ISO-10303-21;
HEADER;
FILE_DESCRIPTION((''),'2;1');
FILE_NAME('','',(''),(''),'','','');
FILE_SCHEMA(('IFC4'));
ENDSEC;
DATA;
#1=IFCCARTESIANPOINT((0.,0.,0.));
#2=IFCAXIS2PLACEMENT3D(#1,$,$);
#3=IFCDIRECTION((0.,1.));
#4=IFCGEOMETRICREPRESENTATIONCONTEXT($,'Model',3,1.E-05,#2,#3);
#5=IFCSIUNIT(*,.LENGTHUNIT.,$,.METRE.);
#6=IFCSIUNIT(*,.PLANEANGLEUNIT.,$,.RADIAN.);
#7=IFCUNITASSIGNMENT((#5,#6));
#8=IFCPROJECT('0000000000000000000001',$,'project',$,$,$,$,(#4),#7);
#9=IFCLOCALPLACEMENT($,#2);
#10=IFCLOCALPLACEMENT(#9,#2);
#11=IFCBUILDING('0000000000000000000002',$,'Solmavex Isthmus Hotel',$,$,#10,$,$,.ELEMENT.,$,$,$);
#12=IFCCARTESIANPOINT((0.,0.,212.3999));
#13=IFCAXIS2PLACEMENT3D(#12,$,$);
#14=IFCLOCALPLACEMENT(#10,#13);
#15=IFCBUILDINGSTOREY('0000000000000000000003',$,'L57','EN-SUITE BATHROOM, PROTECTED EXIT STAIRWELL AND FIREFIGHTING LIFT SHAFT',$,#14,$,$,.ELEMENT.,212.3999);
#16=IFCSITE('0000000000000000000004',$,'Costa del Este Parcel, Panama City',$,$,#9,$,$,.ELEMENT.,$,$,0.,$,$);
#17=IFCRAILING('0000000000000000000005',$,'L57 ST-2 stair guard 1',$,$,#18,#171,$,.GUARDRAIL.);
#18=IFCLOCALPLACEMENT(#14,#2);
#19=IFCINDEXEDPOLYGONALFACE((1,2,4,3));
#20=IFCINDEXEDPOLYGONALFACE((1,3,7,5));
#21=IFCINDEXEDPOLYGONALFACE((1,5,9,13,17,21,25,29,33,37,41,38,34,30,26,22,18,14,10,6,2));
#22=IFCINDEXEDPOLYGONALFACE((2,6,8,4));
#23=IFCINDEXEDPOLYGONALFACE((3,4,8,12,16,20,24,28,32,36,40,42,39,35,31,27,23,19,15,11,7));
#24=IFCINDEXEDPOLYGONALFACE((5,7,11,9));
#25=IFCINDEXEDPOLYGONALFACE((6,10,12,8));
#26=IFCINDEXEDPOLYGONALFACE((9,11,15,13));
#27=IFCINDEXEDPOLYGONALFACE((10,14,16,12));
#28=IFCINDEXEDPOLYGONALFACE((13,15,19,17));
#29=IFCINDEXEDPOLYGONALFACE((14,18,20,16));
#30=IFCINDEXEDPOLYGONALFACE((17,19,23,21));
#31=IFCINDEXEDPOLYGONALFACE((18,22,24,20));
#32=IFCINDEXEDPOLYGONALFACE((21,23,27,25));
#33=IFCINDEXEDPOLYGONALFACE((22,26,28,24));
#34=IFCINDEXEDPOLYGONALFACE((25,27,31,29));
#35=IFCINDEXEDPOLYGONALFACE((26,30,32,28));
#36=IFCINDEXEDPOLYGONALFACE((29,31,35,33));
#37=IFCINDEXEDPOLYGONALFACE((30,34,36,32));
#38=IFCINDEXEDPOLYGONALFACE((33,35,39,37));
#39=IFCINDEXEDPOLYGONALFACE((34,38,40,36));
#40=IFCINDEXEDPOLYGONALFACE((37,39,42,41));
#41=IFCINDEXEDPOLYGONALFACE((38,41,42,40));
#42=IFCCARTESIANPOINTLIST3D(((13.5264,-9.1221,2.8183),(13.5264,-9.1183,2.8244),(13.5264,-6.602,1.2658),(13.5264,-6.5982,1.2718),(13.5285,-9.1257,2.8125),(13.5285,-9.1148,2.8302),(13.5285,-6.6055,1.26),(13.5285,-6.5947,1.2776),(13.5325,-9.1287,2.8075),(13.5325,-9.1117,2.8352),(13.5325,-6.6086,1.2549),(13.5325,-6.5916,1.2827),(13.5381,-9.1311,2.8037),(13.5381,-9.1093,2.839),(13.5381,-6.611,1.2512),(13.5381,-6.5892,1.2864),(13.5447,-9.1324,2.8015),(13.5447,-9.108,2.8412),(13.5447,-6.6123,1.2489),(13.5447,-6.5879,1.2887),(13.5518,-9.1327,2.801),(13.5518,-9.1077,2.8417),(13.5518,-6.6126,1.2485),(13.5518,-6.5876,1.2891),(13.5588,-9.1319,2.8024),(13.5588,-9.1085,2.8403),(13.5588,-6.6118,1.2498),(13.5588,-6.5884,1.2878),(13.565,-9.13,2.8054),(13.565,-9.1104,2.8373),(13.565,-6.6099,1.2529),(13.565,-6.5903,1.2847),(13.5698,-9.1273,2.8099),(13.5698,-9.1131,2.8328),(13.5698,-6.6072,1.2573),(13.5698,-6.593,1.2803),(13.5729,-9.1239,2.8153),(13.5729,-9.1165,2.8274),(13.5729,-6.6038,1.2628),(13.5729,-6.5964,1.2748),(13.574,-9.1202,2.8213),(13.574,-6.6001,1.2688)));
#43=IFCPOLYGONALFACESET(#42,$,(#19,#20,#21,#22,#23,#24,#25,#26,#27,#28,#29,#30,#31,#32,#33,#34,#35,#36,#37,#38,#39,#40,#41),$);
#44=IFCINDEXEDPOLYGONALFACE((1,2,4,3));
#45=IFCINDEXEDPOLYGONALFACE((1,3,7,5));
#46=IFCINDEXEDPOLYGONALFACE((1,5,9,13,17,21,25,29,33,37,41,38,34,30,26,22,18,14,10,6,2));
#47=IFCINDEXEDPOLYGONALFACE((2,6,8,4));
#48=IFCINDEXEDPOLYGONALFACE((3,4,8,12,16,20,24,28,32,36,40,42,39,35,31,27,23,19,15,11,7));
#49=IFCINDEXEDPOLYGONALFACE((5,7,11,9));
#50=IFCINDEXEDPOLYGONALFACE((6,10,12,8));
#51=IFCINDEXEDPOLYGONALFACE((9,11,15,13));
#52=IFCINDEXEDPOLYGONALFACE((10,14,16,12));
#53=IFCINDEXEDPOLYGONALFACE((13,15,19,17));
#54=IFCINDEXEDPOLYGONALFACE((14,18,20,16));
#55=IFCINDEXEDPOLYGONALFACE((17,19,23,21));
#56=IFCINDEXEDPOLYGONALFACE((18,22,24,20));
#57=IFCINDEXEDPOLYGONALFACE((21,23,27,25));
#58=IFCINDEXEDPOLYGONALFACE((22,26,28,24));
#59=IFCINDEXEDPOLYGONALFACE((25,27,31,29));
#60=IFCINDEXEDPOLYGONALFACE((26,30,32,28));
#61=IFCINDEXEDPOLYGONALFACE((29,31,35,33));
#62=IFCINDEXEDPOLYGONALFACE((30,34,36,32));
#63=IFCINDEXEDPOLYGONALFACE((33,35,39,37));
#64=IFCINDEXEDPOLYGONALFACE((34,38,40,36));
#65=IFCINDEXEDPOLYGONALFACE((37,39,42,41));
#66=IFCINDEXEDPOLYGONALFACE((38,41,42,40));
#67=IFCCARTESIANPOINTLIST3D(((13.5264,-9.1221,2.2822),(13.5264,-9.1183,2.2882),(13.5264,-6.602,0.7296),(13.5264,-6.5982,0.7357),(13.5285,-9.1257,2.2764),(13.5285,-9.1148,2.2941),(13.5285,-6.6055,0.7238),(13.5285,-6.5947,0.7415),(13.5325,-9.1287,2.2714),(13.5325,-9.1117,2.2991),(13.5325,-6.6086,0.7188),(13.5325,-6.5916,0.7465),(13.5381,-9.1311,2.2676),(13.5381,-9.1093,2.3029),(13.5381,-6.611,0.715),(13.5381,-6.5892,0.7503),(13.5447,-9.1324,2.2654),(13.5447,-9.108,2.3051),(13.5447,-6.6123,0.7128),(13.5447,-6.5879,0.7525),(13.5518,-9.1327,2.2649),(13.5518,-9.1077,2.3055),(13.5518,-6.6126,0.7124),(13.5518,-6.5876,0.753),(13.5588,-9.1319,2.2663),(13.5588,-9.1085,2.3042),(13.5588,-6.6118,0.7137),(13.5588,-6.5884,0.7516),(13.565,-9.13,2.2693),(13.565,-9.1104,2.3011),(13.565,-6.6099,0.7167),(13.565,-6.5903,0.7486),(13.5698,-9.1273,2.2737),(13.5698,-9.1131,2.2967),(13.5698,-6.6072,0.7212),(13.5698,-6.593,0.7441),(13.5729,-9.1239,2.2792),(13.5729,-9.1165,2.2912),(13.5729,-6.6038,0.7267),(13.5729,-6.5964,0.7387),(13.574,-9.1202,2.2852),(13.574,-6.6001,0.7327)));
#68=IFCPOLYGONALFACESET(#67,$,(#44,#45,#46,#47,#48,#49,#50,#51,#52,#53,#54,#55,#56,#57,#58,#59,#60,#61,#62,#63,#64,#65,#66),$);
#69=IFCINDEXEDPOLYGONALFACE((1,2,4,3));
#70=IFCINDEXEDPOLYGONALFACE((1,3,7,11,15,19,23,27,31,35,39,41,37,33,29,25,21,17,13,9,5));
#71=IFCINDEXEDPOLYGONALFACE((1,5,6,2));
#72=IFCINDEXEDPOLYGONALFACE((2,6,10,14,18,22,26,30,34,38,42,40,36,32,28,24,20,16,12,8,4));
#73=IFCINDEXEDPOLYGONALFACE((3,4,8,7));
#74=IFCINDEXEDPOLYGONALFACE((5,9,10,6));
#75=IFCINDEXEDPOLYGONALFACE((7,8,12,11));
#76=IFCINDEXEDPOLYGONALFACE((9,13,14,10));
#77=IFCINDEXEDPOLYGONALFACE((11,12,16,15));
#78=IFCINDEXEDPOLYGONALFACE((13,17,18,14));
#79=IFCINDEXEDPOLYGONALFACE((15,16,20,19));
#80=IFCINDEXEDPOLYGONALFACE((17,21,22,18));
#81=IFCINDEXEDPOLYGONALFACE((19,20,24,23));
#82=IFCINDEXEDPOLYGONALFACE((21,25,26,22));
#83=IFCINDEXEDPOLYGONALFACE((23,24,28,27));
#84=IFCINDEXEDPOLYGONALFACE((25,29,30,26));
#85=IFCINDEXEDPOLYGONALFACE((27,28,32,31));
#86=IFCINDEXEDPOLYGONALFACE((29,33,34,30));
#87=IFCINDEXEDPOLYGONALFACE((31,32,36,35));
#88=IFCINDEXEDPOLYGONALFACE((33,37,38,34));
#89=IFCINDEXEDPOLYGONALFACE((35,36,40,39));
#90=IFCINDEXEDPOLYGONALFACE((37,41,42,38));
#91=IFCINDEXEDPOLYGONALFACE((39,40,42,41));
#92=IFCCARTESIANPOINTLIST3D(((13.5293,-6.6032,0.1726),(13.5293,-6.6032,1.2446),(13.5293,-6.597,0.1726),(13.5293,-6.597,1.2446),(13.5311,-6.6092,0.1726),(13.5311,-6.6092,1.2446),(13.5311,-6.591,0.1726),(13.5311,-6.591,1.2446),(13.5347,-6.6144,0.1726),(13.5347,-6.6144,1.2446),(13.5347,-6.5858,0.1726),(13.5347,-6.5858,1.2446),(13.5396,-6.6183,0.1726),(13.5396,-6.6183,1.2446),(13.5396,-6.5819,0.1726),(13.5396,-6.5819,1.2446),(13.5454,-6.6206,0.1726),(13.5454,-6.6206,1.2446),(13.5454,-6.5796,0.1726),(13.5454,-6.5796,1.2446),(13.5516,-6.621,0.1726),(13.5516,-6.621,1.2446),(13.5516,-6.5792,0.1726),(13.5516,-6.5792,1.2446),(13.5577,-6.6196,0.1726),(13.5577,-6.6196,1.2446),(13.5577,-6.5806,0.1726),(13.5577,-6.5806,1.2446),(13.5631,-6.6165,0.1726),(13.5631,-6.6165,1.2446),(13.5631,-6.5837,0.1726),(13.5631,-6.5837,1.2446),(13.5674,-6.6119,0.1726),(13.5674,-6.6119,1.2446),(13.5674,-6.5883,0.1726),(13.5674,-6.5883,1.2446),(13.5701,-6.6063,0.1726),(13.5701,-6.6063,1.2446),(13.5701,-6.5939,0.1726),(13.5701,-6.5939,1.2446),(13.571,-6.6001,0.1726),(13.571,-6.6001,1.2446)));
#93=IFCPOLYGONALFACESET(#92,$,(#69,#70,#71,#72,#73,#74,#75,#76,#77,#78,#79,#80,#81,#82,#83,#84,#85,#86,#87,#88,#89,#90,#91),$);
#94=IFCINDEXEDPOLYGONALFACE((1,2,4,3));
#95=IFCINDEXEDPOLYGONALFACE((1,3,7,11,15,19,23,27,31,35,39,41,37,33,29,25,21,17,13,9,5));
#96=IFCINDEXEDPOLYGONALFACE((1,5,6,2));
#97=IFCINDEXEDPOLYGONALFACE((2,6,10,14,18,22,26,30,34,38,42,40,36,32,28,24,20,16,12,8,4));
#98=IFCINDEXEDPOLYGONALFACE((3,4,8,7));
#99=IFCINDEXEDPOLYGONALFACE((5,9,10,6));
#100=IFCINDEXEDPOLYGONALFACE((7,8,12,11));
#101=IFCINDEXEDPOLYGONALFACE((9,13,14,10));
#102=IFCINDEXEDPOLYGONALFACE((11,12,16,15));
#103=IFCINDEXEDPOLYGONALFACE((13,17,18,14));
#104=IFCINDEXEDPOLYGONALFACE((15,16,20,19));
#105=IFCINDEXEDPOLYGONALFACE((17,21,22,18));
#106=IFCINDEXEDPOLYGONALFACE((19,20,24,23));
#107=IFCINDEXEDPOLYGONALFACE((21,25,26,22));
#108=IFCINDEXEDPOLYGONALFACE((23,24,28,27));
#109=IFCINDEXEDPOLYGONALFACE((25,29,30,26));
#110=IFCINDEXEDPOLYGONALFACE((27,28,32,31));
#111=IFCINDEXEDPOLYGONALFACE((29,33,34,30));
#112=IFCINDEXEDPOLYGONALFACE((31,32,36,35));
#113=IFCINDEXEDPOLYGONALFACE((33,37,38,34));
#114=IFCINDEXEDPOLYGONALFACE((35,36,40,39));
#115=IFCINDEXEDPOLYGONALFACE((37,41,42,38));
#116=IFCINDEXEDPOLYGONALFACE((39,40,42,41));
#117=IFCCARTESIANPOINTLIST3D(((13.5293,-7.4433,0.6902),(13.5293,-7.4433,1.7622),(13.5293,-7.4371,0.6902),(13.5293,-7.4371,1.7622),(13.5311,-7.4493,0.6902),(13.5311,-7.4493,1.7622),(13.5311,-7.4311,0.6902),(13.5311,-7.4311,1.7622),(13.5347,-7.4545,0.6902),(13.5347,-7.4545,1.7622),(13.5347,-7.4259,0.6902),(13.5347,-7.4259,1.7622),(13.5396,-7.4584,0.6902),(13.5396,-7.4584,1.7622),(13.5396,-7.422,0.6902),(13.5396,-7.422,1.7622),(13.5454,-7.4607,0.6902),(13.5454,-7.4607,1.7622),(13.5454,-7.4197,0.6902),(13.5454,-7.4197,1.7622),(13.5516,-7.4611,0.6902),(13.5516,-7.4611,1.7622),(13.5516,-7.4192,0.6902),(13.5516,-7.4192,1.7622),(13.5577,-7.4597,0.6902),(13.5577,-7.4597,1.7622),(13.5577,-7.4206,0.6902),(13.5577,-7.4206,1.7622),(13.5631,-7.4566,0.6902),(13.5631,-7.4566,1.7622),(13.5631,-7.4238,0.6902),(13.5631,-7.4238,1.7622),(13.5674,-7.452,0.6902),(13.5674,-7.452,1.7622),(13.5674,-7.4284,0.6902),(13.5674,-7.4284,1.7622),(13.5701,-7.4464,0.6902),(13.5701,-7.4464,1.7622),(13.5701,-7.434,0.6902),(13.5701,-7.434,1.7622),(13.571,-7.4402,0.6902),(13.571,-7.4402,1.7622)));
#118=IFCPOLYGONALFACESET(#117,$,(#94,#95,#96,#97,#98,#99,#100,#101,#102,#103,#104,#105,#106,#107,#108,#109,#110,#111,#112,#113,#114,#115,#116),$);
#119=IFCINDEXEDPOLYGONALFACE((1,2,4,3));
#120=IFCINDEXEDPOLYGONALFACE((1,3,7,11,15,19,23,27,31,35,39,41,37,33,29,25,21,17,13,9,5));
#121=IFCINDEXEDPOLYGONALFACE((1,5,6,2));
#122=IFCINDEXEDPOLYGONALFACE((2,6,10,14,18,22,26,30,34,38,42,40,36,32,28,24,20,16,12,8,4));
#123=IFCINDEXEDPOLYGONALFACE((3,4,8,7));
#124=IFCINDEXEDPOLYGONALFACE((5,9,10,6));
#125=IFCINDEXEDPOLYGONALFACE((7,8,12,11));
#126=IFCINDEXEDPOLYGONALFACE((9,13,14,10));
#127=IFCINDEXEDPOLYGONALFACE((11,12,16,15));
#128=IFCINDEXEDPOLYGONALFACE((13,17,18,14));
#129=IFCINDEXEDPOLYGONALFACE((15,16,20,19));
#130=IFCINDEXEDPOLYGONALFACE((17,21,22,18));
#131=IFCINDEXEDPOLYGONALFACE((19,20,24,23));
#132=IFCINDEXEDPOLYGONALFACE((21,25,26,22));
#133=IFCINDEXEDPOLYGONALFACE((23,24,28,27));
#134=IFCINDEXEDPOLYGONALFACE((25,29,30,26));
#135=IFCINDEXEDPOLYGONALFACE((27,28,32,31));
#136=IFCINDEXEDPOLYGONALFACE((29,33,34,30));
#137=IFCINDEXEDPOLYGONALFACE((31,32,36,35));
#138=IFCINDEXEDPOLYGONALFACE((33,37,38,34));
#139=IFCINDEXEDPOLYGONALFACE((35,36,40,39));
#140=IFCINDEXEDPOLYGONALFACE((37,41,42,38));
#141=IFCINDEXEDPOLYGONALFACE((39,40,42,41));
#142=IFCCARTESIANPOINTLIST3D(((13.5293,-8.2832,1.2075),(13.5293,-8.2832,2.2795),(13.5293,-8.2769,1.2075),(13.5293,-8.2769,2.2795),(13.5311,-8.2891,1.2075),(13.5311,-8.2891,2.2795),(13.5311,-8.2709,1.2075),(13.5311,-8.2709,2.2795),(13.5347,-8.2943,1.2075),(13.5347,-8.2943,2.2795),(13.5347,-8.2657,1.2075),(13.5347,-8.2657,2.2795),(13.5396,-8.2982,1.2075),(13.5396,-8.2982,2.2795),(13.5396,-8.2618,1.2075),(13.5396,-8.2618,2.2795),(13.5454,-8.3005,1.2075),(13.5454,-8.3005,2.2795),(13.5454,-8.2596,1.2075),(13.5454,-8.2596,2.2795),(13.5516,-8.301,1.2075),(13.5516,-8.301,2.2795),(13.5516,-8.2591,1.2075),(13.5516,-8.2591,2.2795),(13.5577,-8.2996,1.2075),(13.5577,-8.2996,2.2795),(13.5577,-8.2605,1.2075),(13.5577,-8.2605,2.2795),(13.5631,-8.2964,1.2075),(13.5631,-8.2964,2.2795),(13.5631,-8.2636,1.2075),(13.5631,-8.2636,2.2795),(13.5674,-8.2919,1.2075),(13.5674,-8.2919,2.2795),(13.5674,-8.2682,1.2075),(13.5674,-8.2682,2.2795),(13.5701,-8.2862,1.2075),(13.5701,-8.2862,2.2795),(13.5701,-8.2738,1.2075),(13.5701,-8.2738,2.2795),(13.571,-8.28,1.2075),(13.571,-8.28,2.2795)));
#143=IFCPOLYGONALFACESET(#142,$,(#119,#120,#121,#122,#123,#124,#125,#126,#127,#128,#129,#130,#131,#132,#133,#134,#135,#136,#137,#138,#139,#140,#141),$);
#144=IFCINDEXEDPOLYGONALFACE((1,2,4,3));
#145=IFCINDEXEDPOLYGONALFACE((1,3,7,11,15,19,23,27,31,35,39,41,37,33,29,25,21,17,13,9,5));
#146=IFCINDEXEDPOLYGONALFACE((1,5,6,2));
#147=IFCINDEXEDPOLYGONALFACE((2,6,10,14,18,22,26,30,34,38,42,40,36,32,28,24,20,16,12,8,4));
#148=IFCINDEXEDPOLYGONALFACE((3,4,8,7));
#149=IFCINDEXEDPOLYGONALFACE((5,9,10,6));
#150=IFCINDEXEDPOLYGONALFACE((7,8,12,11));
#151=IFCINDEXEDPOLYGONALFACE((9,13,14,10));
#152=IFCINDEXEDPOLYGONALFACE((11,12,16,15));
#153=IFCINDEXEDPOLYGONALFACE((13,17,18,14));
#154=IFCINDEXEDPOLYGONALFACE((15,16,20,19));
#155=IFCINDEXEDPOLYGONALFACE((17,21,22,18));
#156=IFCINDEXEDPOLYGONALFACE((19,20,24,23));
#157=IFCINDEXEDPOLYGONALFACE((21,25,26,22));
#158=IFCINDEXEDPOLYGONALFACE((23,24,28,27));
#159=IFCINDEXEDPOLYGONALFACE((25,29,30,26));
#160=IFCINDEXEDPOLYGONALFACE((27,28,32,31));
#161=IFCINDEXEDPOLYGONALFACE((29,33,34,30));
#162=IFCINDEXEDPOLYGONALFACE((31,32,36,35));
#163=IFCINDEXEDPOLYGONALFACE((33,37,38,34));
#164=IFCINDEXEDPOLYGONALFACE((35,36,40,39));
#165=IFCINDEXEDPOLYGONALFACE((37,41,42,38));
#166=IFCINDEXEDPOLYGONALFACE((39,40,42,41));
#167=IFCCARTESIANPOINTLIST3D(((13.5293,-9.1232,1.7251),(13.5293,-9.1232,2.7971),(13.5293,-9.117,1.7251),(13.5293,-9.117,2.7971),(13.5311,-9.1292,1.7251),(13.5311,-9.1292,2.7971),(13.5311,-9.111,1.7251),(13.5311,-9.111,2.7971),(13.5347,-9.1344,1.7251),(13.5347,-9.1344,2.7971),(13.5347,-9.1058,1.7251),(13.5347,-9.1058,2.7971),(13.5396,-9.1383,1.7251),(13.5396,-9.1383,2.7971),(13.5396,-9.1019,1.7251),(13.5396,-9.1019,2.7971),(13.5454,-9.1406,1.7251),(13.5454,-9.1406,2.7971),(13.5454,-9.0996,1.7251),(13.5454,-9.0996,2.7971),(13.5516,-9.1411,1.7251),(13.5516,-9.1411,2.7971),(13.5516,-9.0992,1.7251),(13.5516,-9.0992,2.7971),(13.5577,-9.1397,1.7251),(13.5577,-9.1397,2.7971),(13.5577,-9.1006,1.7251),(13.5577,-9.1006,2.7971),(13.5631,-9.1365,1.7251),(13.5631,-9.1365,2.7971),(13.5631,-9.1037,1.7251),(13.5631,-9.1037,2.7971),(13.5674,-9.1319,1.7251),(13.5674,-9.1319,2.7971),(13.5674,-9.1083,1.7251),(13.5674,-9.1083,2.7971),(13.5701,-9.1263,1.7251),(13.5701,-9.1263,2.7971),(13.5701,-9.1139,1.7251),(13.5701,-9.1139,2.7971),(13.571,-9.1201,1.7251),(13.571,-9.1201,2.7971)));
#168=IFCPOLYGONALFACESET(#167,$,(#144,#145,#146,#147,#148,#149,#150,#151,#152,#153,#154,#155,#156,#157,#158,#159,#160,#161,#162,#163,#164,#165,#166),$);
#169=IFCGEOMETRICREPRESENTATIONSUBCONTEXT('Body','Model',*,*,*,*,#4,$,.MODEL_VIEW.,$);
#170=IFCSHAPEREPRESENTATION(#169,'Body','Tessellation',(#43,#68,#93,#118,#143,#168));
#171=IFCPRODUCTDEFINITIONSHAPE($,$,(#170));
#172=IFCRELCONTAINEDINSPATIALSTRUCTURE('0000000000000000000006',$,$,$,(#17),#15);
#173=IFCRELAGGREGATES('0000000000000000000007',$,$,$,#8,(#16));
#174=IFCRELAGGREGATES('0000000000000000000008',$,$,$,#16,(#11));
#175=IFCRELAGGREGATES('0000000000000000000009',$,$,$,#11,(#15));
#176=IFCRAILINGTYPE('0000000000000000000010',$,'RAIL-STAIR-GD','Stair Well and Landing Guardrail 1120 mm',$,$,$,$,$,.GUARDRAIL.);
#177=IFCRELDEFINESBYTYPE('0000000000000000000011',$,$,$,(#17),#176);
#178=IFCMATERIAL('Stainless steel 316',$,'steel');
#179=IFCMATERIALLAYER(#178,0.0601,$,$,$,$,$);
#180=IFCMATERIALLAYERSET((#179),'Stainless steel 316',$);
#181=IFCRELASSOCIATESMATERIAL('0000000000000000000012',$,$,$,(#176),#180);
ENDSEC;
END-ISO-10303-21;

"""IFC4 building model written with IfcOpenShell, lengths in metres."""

from ifc_helpers import new_model, si_unit, direction, frame, origin, origin_2d, place, context, subcontext, project, spatial, circle, extrude, material, layer, layer_set, type_object, element, save


model = new_model("IFC4")

# Units and contexts
model_context = context("Model", 3, precision=1e-05, world=origin(), true_north=direction((0.0, 1.0)))
body_context = subcontext(model_context, "Body", "Model", "MODEL_VIEW")
ifc_project = project(units=[si_unit("LENGTHUNIT", "METRE"), si_unit("PLANEANGLEUNIT", "RADIAN")], contexts=[model_context])

# Site, building, storey
site_placement = place(None, origin())
site = spatial("IfcSite", under=ifc_project, at=site_placement, Name="Costa del Este Parcel, Panama City", CompositionType="ELEMENT", RefElevation=0.0)
building_placement = place(site_placement, origin())
building = spatial("IfcBuilding", under=site, at=building_placement, Name="Solmavex Isthmus Hotel", CompositionType="ELEMENT")
storey_placement = place(building_placement, frame((0.0, 0.0, 212.3999)))
storey = spatial("IfcBuildingStorey", under=building, at=storey_placement, Name="L57", Description="EN-SUITE BATHROOM, PROTECTED EXIT STAIRWELL AND FIREFIGHTING LIFT SHAFT", CompositionType="ELEMENT", Elevation=212.3999)

# Railing
ifc_material_1 = material(Name="Stainless steel 316", Category="steel")
ifc_layer_1 = layer(ifc_material_1, 0.0601)
ifc_layer_set_1 = layer_set([ifc_layer_1], Name="Stainless steel 316")
railing_type_1 = type_object("IfcRailingType", Name="RAIL-STAIR-GD", Description="Stair Well and Landing Guardrail 1120 mm", PredefinedType="GUARDRAIL", material=ifc_layer_set_1)
railing_1_placement = place(storey_placement, frame((13.55, -6.6001, 0.1726)))
element("IfcRailing", 1, at=railing_1_placement, inside=storey, type_object=railing_type_1, Name="L57 ST-2 stair guard 1", PredefinedType="GUARDRAIL", context=body_context, shape_type="SweptSolid", body=[
    extrude(circle(Radius=0.0239, at=origin_2d()), frame((0.0, 0.0, 1.0962), z_axis=(0.0, -0.8514, 0.524516), x_axis=(1.0, 0.0, 0.0)), (0.0, 0.0, 1.0), 2.96),
    extrude(circle(Radius=0.0239, at=origin_2d()), frame((0.0, 0.0, 0.5601), z_axis=(0.0, -0.8514, 0.524516), x_axis=(1.0, 0.0, 0.0)), (0.0, 0.0, 1.0), 2.96),
    extrude(circle(Radius=0.021, at=origin_2d()), origin(), (0.0, 0.0, 1.0), 1.072),
    extrude(circle(Radius=0.021, at=origin_2d()), frame((0.0, -0.8401, 0.5176)), (0.0, 0.0, 1.0), 1.072),
    extrude(circle(Radius=0.021, at=origin_2d()), frame((0.0, -1.6799, 1.0349)), (0.0, 0.0, 1.0), 1.072),
    extrude(circle(Radius=0.021, at=origin_2d()), frame((0.0, -2.52, 1.5525)), (0.0, 0.0, 1.0), 1.072),
])

save(model, "model.ifc")
